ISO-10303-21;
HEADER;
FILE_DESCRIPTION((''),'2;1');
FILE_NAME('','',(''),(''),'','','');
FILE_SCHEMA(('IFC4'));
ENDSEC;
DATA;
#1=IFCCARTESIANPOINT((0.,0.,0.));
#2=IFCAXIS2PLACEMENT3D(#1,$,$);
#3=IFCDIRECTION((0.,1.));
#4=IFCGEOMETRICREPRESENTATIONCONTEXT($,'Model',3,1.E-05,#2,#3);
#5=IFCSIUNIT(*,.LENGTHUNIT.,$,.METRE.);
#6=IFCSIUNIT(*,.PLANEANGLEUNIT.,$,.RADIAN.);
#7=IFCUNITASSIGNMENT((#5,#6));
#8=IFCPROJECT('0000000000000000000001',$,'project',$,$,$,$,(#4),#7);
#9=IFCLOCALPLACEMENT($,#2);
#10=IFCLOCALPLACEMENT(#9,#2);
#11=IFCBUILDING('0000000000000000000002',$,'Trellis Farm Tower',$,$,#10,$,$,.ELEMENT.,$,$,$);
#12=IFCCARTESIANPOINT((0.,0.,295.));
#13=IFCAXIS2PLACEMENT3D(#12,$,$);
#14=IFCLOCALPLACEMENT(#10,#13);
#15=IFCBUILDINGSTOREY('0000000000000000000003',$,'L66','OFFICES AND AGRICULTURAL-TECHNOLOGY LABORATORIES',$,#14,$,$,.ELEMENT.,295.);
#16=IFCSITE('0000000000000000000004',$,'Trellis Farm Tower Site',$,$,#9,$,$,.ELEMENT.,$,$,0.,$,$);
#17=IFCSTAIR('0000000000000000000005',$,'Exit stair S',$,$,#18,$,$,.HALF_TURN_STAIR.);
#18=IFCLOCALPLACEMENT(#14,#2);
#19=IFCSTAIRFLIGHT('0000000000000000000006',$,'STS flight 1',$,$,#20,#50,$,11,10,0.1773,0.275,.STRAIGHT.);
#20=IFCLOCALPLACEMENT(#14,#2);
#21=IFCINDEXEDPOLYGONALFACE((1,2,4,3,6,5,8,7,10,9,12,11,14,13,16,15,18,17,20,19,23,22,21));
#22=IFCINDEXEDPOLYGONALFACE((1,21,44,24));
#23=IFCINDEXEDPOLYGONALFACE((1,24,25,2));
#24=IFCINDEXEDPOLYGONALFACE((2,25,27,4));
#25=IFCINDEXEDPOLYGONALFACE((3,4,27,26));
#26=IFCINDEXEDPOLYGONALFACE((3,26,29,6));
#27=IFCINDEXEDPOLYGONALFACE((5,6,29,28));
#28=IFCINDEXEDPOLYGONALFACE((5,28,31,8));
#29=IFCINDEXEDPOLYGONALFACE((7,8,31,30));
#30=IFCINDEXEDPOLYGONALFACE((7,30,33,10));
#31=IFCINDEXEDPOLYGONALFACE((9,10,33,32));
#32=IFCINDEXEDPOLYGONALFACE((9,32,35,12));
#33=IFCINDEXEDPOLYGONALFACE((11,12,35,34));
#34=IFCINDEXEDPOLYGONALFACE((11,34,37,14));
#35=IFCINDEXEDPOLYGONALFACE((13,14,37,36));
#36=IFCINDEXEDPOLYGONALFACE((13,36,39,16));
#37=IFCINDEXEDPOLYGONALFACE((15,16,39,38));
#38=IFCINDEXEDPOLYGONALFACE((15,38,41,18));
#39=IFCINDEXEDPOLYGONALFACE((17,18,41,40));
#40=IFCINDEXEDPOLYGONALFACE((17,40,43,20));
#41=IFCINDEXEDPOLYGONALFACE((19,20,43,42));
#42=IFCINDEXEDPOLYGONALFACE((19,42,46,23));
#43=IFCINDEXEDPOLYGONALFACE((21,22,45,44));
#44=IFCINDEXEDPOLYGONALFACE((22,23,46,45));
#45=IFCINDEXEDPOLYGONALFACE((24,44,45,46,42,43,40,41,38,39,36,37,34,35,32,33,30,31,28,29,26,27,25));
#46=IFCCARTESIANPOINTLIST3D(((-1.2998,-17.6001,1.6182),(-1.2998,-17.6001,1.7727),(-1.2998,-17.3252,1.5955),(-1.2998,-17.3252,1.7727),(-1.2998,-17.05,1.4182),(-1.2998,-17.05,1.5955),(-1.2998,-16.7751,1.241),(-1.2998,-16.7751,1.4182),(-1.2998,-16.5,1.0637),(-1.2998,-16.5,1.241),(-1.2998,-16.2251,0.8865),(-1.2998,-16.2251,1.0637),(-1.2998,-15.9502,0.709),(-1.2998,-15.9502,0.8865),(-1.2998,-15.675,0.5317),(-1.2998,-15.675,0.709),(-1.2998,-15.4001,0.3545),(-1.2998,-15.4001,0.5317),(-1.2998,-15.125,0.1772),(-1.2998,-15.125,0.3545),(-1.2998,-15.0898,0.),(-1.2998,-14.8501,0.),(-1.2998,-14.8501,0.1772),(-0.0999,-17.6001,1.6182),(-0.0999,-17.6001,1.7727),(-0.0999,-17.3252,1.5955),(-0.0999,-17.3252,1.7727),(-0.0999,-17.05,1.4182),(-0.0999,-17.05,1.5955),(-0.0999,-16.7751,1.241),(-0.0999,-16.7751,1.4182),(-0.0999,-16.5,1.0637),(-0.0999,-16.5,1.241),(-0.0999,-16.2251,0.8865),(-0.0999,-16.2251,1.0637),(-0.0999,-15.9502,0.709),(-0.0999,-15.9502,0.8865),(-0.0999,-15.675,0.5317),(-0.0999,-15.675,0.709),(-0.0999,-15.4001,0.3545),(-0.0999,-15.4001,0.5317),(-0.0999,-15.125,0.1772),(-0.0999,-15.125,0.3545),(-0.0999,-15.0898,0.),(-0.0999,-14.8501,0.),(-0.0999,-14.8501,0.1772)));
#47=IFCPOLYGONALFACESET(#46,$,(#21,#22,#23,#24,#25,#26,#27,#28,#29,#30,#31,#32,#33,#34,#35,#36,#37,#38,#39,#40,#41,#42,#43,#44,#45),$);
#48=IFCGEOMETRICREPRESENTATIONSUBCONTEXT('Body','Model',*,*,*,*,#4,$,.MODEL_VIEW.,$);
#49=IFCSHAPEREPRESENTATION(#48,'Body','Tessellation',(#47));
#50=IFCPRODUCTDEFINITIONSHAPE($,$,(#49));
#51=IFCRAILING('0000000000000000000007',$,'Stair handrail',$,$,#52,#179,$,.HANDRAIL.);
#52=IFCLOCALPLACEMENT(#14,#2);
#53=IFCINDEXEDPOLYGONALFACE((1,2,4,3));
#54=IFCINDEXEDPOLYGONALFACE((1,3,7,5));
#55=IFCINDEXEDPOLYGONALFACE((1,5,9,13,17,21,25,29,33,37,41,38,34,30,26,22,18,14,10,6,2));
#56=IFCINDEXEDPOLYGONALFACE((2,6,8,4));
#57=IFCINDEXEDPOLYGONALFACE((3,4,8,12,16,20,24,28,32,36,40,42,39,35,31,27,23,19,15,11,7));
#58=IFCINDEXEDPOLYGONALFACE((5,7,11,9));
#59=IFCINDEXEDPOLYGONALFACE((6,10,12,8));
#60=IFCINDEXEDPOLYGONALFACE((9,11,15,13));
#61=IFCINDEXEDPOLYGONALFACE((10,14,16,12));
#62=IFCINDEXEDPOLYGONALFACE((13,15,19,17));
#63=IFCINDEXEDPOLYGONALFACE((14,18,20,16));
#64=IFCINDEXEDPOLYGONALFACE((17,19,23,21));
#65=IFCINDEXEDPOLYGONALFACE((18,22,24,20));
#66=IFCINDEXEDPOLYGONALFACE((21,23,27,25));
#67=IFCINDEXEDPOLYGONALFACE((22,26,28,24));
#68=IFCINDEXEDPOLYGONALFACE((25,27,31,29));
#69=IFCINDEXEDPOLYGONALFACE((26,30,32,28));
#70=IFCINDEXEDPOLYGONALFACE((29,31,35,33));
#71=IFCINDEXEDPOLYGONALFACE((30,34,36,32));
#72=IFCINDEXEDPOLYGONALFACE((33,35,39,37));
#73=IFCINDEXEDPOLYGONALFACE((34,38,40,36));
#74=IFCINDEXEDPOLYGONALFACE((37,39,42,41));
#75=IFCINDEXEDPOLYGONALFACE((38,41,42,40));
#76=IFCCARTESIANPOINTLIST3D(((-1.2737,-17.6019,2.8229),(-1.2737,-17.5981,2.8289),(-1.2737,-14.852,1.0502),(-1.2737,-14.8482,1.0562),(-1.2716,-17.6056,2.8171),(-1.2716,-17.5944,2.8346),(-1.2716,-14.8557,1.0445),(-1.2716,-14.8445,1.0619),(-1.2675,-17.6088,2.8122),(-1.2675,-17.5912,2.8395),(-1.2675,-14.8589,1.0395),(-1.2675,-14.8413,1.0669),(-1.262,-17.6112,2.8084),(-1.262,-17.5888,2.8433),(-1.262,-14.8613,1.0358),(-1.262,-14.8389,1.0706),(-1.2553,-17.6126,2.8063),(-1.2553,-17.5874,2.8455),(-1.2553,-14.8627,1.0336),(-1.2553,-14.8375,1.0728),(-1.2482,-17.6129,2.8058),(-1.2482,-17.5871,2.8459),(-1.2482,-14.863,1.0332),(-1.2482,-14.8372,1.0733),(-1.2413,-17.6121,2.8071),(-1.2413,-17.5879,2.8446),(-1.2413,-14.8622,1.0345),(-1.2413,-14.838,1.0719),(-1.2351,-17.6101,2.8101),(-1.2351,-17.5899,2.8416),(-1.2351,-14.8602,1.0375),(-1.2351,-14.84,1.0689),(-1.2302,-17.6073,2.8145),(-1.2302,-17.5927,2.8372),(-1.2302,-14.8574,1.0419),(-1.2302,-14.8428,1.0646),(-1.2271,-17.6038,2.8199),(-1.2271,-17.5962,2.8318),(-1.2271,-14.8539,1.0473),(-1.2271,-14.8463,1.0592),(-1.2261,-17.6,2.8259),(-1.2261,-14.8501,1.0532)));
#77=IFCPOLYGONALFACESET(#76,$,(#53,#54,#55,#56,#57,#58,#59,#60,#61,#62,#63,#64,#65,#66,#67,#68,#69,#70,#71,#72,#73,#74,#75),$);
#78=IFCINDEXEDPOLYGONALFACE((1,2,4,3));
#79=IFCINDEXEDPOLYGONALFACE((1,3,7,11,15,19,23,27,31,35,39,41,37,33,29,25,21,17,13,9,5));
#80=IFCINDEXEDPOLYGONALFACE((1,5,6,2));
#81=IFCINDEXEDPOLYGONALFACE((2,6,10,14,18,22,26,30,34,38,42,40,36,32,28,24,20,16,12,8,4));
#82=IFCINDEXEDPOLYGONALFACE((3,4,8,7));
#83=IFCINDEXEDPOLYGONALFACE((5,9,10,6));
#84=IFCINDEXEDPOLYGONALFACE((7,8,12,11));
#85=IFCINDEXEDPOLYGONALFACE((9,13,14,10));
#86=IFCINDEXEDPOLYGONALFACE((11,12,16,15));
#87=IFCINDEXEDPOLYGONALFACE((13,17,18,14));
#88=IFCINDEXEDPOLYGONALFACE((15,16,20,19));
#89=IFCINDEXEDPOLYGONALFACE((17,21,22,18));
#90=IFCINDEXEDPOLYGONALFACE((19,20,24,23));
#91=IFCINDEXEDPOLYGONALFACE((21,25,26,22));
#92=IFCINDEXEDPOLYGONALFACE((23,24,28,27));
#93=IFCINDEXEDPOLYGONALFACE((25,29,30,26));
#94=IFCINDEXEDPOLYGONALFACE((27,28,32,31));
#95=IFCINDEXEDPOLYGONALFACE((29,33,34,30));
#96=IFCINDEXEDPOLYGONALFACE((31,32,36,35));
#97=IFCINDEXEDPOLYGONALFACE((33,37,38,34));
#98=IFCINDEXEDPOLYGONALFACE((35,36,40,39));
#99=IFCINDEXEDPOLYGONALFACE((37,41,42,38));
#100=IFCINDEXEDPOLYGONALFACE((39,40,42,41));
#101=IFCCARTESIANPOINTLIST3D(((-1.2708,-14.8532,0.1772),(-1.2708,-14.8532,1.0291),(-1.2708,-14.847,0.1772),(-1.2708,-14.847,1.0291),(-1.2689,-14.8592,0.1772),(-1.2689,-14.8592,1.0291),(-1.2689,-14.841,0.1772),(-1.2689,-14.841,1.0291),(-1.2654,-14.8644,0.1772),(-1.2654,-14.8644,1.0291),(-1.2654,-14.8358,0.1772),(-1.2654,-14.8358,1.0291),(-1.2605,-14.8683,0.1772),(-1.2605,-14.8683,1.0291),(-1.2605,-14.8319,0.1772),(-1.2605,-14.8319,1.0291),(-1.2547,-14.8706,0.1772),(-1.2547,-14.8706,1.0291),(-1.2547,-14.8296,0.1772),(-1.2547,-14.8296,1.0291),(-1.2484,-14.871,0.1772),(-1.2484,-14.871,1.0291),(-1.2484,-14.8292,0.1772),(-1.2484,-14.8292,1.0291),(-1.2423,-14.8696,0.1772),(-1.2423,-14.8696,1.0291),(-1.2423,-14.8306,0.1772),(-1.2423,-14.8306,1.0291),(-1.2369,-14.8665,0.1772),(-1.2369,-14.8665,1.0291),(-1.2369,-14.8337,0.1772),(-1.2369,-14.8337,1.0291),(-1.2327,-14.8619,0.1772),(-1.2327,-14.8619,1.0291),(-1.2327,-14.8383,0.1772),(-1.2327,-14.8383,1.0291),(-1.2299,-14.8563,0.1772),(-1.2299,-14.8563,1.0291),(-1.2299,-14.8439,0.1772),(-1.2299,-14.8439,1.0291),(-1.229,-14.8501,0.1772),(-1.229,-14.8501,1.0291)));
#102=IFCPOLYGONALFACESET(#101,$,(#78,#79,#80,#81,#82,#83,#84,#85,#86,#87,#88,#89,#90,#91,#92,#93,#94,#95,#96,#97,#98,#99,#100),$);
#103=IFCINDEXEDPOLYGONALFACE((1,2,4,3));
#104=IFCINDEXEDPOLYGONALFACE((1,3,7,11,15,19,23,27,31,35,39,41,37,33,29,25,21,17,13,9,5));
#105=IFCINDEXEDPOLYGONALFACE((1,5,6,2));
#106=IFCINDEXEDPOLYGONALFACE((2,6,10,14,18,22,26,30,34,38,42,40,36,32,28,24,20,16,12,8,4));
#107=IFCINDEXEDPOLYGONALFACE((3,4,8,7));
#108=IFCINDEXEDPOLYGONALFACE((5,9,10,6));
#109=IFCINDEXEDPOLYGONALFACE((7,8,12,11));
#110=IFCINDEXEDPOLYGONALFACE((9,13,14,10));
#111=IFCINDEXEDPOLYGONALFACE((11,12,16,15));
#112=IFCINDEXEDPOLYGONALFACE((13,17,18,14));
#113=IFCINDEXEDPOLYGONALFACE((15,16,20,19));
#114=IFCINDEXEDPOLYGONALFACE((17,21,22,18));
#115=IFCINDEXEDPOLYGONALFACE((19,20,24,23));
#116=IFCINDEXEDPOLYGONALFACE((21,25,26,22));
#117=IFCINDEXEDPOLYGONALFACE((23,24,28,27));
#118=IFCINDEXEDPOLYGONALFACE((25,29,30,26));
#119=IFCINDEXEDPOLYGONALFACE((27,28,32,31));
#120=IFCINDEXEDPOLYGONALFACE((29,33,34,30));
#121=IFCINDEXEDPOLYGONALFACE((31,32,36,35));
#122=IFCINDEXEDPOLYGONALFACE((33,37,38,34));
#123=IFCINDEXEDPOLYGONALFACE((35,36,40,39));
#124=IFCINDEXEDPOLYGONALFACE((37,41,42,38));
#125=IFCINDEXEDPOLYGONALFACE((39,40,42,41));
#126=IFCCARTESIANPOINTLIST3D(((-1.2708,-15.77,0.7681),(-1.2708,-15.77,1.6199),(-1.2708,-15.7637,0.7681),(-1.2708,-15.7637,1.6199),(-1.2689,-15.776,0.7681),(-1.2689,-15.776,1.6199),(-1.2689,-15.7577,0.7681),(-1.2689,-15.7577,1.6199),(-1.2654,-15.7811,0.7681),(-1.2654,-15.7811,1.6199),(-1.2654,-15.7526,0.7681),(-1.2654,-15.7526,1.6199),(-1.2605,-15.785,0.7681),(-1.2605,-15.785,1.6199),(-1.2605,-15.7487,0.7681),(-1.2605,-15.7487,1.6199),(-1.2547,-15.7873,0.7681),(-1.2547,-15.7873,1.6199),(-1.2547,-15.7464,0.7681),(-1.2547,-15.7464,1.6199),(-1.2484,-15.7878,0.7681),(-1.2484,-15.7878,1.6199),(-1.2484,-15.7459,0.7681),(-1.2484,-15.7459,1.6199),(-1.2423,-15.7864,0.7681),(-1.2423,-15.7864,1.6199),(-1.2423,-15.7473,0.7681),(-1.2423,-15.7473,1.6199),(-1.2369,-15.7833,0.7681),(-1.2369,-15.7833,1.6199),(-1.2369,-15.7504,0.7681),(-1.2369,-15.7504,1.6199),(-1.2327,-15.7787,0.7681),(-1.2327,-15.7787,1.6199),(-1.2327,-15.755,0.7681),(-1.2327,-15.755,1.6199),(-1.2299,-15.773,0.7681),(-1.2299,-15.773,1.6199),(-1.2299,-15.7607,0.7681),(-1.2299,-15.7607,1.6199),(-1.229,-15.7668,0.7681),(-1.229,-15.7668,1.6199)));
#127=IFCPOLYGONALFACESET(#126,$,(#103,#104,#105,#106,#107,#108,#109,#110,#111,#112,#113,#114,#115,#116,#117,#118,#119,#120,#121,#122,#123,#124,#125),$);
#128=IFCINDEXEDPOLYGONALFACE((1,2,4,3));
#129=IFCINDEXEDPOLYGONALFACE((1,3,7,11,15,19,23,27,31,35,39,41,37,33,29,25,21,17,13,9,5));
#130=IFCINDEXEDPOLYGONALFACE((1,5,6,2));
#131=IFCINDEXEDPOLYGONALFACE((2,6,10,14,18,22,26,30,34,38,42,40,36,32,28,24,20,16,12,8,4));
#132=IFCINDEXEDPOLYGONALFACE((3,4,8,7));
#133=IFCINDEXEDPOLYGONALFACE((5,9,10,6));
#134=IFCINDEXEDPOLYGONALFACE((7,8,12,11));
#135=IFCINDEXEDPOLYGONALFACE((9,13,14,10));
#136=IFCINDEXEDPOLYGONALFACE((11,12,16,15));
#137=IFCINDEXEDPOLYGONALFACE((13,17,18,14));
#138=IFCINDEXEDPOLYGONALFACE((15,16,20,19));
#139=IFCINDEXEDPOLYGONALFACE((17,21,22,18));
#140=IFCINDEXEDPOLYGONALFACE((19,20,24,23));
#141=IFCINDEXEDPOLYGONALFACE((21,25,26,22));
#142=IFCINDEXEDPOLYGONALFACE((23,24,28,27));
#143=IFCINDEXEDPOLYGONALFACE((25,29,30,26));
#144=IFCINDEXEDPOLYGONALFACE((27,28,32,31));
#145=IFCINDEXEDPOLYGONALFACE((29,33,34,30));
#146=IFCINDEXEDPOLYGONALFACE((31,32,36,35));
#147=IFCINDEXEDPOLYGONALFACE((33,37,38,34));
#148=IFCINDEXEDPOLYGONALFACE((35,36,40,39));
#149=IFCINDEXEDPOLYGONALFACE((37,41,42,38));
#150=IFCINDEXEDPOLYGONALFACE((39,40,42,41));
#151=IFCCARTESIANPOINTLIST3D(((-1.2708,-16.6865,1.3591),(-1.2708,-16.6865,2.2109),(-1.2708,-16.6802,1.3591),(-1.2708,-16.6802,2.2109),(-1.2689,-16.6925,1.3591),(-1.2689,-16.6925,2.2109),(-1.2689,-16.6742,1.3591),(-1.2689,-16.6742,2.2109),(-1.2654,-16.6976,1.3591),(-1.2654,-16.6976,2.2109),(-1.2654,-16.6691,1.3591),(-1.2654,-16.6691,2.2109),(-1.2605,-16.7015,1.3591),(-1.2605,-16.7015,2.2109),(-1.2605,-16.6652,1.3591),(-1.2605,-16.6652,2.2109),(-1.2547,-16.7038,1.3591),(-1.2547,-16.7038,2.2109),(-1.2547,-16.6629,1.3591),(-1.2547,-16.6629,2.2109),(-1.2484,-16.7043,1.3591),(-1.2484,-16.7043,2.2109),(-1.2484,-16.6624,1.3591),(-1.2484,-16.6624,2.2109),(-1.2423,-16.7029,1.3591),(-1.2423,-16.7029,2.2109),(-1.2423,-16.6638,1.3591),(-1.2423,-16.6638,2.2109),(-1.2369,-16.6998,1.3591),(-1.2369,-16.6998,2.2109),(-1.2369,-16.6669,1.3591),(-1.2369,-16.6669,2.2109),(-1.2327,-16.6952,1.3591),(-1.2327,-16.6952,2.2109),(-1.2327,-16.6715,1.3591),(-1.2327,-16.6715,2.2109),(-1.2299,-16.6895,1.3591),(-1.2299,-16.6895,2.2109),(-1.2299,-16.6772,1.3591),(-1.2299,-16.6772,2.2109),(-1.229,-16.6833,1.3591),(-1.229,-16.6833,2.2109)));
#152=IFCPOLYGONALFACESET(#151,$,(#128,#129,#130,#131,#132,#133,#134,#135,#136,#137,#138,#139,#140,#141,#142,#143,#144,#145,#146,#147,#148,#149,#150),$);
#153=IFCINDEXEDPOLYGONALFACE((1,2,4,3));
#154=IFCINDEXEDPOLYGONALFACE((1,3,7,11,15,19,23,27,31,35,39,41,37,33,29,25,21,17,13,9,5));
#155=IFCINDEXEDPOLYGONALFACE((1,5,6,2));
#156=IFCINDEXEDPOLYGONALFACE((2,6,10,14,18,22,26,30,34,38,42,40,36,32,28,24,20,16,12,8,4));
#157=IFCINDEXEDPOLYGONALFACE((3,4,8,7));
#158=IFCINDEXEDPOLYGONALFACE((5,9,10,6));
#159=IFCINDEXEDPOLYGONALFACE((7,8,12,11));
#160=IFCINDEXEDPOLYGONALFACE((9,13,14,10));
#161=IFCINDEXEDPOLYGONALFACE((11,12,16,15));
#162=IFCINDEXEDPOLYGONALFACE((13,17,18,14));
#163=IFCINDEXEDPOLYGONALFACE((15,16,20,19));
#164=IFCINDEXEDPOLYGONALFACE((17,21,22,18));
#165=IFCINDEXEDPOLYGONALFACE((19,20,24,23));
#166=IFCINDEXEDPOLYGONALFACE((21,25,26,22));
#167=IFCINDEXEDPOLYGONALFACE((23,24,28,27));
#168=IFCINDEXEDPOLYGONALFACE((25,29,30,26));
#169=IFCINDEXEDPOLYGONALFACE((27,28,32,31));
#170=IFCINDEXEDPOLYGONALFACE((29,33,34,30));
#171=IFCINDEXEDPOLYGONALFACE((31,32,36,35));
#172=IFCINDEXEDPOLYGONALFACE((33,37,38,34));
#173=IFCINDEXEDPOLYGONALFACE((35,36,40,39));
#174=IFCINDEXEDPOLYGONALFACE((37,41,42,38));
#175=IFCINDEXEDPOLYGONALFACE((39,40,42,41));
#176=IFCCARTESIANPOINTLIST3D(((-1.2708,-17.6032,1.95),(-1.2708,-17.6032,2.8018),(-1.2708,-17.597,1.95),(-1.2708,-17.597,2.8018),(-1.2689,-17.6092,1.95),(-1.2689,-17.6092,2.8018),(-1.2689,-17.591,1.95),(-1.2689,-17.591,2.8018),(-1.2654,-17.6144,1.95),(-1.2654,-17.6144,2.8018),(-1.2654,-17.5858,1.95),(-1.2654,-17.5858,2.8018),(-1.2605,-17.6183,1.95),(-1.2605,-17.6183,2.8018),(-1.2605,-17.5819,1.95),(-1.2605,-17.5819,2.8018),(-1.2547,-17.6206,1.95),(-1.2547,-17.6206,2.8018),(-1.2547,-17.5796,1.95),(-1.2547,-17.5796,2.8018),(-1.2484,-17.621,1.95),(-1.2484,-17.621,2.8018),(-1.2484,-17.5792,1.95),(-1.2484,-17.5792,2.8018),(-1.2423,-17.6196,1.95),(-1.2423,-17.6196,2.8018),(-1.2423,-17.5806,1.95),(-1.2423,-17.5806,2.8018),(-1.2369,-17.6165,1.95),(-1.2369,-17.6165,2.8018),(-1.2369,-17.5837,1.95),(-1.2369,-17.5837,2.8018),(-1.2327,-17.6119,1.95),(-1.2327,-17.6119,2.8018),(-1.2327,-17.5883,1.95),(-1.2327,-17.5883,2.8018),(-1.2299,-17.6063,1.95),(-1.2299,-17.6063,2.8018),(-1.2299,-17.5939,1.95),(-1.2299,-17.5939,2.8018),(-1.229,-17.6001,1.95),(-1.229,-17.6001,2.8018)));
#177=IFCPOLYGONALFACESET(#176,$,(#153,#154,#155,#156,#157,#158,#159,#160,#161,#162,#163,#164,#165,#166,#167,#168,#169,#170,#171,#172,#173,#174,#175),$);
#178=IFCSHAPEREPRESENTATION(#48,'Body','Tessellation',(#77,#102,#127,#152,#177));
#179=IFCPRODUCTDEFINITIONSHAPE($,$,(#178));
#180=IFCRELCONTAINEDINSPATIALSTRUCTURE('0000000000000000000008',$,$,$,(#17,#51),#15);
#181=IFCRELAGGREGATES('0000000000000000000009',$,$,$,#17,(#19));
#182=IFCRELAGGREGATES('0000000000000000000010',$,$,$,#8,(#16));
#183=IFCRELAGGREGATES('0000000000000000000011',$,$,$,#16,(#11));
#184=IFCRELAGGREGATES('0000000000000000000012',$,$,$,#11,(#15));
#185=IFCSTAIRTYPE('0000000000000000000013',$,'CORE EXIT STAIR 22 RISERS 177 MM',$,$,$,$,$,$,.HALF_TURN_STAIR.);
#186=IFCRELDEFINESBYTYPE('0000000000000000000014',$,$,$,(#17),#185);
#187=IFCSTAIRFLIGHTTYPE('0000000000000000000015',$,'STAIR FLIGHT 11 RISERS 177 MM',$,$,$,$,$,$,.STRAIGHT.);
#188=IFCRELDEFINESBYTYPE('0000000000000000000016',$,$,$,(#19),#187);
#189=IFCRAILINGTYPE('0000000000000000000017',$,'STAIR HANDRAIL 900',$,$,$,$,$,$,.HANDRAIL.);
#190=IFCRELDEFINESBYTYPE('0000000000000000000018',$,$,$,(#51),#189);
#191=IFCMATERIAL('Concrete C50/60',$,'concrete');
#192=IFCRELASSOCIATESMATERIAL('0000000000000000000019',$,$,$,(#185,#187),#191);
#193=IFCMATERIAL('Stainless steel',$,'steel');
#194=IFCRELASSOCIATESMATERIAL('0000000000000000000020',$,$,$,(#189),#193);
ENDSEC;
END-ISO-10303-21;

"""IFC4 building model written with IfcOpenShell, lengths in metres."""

from ifc_helpers import new_model, si_unit, direction, frame, origin, origin_2d, place, context, subcontext, project, spatial, polyline, circle, outline, extrude, source, transform, mapped, material, type_object, element, aggregate, save


model = new_model("IFC4")

# Units and contexts
model_context = context("Model", 3, precision=1e-05, world=origin(), true_north=direction((0.0, 1.0)))
body_context = subcontext(model_context, "Body", "Model", "MODEL_VIEW")
ifc_project = project(units=[si_unit("LENGTHUNIT", "METRE"), si_unit("PLANEANGLEUNIT", "RADIAN")], contexts=[model_context])

# Site, building, storey
site_placement = place(None, origin())
site = spatial("IfcSite", under=ifc_project, at=site_placement, Name="Trellis Farm Tower Site", CompositionType="ELEMENT", RefElevation=0.0)
building_placement = place(site_placement, origin())
building = spatial("IfcBuilding", under=site, at=building_placement, Name="Trellis Farm Tower", CompositionType="ELEMENT")
storey_placement = place(building_placement, frame((0.0, 0.0, 295.0)))
storey = spatial("IfcBuildingStorey", under=building, at=storey_placement, Name="L66", Description="OFFICES AND AGRICULTURAL-TECHNOLOGY LABORATORIES", CompositionType="ELEMENT", Elevation=295.0)

# Shared definitions
placement = place(storey_placement, origin())

# Shared definitions
ifc_material_1 = material(Name="Concrete C50/60", Category="concrete")

# Stair, stair flight
stair_type = type_object("IfcStairType", Name="CORE EXIT STAIR 22 RISERS 177 MM", PredefinedType="HALF_TURN_STAIR", material=ifc_material_1)
stair = element("IfcStair", 1, at=placement, inside=storey, type_object=stair_type, Name="Exit stair S", PredefinedType="HALF_TURN_STAIR")
stair_flight_type = type_object("IfcStairFlightType", Name="STAIR FLIGHT 11 RISERS 177 MM", PredefinedType="STRAIGHT", material=ifc_material_1)
shared_shape_1 = source(origin(), body_context, "Body", "SweptSolid", [
    extrude(outline(polyline([(0.0, 0.0), (0.0, 0.1772), (0.2749, 0.1772), (0.2749, 0.3545), (0.55, 0.3545), (0.55, 0.5317), (0.825, 0.5317), (0.825, 0.709), (1.1001, 0.709), (1.1001, 0.8865), (1.375, 0.8865), (1.375, 1.0637), (1.6499, 1.0637), (1.6499, 1.241), (1.925, 1.241), (1.925, 1.4182), (2.2, 1.4182), (2.2, 1.5955), (2.4751, 1.5955), (2.4751, 1.7727), (2.75, 1.7727), (2.75, 1.95), (2.75, 1.6182), (0.2397, 0.0), (0.0, 0.0)])), frame((0.0, 0.6001, 0.0), z_axis=(0.0, -1.0, 0.0), x_axis=(1.0, 0.0, 0.0)), (0.0, 0.0, 1.0), 1.2),
])
stair_flight_placement = place(storey_placement, frame((-0.7, -14.8501, 0.0), z_axis=(0.0, 0.0, 1.0), x_axis=(0.0, -1.0, 0.0)))
stair_flight = element("IfcStairFlight", 2, at=stair_flight_placement, type_object=stair_flight_type, Name="STS flight 1", NumberOfRisers=11, NumberOfTreads=10, PredefinedType="STRAIGHT", RiserHeight=0.1773, TreadLength=0.275, context=body_context, shape_type="MappedRepresentation", body=[
    mapped(shared_shape_1, transform((0.0, 0.0, 0.0))),
])
aggregate(stair, [stair_flight])

# Railing
ifc_material_2 = material(Name="Stainless steel", Category="steel")
railing_type = type_object("IfcRailingType", Name="STAIR HANDRAIL 900", PredefinedType="HANDRAIL", material=ifc_material_2)
shared_shape_2 = source(origin(), body_context, "Body", "SweptSolid", [
    extrude(circle(Radius=0.0239, at=origin_2d()), frame((0.0, 0.0, 0.876), z_axis=(0.0, -0.840504, 0.541806), x_axis=(1.0, 0.0, 0.0)), (0.0, 0.0, 1.0), 3.2717),
    extrude(circle(Radius=0.021, at=origin_2d()), origin(), (0.0, 0.0, 1.0), 0.8518),
    extrude(circle(Radius=0.021, at=origin_2d()), frame((0.0, -0.9167, 0.5908)), (0.0, 0.0, 1.0), 0.8518),
    extrude(circle(Radius=0.021, at=origin_2d()), frame((0.0, -1.8333, 1.1819)), (0.0, 0.0, 1.0), 0.8518),
    extrude(circle(Radius=0.021, at=origin_2d()), frame((0.0, -2.75, 1.7727)), (0.0, 0.0, 1.0), 0.8518),
])
railing_placement = place(storey_placement, frame((-1.25, -14.8501, 0.1772)))
element("IfcRailing", 3, at=railing_placement, inside=storey, type_object=railing_type, Name="Stair handrail", PredefinedType="HANDRAIL", context=body_context, shape_type="MappedRepresentation", body=[
    mapped(shared_shape_2, transform((0.0, 0.0, 0.0))),
])

save(model, "model.ifc")
